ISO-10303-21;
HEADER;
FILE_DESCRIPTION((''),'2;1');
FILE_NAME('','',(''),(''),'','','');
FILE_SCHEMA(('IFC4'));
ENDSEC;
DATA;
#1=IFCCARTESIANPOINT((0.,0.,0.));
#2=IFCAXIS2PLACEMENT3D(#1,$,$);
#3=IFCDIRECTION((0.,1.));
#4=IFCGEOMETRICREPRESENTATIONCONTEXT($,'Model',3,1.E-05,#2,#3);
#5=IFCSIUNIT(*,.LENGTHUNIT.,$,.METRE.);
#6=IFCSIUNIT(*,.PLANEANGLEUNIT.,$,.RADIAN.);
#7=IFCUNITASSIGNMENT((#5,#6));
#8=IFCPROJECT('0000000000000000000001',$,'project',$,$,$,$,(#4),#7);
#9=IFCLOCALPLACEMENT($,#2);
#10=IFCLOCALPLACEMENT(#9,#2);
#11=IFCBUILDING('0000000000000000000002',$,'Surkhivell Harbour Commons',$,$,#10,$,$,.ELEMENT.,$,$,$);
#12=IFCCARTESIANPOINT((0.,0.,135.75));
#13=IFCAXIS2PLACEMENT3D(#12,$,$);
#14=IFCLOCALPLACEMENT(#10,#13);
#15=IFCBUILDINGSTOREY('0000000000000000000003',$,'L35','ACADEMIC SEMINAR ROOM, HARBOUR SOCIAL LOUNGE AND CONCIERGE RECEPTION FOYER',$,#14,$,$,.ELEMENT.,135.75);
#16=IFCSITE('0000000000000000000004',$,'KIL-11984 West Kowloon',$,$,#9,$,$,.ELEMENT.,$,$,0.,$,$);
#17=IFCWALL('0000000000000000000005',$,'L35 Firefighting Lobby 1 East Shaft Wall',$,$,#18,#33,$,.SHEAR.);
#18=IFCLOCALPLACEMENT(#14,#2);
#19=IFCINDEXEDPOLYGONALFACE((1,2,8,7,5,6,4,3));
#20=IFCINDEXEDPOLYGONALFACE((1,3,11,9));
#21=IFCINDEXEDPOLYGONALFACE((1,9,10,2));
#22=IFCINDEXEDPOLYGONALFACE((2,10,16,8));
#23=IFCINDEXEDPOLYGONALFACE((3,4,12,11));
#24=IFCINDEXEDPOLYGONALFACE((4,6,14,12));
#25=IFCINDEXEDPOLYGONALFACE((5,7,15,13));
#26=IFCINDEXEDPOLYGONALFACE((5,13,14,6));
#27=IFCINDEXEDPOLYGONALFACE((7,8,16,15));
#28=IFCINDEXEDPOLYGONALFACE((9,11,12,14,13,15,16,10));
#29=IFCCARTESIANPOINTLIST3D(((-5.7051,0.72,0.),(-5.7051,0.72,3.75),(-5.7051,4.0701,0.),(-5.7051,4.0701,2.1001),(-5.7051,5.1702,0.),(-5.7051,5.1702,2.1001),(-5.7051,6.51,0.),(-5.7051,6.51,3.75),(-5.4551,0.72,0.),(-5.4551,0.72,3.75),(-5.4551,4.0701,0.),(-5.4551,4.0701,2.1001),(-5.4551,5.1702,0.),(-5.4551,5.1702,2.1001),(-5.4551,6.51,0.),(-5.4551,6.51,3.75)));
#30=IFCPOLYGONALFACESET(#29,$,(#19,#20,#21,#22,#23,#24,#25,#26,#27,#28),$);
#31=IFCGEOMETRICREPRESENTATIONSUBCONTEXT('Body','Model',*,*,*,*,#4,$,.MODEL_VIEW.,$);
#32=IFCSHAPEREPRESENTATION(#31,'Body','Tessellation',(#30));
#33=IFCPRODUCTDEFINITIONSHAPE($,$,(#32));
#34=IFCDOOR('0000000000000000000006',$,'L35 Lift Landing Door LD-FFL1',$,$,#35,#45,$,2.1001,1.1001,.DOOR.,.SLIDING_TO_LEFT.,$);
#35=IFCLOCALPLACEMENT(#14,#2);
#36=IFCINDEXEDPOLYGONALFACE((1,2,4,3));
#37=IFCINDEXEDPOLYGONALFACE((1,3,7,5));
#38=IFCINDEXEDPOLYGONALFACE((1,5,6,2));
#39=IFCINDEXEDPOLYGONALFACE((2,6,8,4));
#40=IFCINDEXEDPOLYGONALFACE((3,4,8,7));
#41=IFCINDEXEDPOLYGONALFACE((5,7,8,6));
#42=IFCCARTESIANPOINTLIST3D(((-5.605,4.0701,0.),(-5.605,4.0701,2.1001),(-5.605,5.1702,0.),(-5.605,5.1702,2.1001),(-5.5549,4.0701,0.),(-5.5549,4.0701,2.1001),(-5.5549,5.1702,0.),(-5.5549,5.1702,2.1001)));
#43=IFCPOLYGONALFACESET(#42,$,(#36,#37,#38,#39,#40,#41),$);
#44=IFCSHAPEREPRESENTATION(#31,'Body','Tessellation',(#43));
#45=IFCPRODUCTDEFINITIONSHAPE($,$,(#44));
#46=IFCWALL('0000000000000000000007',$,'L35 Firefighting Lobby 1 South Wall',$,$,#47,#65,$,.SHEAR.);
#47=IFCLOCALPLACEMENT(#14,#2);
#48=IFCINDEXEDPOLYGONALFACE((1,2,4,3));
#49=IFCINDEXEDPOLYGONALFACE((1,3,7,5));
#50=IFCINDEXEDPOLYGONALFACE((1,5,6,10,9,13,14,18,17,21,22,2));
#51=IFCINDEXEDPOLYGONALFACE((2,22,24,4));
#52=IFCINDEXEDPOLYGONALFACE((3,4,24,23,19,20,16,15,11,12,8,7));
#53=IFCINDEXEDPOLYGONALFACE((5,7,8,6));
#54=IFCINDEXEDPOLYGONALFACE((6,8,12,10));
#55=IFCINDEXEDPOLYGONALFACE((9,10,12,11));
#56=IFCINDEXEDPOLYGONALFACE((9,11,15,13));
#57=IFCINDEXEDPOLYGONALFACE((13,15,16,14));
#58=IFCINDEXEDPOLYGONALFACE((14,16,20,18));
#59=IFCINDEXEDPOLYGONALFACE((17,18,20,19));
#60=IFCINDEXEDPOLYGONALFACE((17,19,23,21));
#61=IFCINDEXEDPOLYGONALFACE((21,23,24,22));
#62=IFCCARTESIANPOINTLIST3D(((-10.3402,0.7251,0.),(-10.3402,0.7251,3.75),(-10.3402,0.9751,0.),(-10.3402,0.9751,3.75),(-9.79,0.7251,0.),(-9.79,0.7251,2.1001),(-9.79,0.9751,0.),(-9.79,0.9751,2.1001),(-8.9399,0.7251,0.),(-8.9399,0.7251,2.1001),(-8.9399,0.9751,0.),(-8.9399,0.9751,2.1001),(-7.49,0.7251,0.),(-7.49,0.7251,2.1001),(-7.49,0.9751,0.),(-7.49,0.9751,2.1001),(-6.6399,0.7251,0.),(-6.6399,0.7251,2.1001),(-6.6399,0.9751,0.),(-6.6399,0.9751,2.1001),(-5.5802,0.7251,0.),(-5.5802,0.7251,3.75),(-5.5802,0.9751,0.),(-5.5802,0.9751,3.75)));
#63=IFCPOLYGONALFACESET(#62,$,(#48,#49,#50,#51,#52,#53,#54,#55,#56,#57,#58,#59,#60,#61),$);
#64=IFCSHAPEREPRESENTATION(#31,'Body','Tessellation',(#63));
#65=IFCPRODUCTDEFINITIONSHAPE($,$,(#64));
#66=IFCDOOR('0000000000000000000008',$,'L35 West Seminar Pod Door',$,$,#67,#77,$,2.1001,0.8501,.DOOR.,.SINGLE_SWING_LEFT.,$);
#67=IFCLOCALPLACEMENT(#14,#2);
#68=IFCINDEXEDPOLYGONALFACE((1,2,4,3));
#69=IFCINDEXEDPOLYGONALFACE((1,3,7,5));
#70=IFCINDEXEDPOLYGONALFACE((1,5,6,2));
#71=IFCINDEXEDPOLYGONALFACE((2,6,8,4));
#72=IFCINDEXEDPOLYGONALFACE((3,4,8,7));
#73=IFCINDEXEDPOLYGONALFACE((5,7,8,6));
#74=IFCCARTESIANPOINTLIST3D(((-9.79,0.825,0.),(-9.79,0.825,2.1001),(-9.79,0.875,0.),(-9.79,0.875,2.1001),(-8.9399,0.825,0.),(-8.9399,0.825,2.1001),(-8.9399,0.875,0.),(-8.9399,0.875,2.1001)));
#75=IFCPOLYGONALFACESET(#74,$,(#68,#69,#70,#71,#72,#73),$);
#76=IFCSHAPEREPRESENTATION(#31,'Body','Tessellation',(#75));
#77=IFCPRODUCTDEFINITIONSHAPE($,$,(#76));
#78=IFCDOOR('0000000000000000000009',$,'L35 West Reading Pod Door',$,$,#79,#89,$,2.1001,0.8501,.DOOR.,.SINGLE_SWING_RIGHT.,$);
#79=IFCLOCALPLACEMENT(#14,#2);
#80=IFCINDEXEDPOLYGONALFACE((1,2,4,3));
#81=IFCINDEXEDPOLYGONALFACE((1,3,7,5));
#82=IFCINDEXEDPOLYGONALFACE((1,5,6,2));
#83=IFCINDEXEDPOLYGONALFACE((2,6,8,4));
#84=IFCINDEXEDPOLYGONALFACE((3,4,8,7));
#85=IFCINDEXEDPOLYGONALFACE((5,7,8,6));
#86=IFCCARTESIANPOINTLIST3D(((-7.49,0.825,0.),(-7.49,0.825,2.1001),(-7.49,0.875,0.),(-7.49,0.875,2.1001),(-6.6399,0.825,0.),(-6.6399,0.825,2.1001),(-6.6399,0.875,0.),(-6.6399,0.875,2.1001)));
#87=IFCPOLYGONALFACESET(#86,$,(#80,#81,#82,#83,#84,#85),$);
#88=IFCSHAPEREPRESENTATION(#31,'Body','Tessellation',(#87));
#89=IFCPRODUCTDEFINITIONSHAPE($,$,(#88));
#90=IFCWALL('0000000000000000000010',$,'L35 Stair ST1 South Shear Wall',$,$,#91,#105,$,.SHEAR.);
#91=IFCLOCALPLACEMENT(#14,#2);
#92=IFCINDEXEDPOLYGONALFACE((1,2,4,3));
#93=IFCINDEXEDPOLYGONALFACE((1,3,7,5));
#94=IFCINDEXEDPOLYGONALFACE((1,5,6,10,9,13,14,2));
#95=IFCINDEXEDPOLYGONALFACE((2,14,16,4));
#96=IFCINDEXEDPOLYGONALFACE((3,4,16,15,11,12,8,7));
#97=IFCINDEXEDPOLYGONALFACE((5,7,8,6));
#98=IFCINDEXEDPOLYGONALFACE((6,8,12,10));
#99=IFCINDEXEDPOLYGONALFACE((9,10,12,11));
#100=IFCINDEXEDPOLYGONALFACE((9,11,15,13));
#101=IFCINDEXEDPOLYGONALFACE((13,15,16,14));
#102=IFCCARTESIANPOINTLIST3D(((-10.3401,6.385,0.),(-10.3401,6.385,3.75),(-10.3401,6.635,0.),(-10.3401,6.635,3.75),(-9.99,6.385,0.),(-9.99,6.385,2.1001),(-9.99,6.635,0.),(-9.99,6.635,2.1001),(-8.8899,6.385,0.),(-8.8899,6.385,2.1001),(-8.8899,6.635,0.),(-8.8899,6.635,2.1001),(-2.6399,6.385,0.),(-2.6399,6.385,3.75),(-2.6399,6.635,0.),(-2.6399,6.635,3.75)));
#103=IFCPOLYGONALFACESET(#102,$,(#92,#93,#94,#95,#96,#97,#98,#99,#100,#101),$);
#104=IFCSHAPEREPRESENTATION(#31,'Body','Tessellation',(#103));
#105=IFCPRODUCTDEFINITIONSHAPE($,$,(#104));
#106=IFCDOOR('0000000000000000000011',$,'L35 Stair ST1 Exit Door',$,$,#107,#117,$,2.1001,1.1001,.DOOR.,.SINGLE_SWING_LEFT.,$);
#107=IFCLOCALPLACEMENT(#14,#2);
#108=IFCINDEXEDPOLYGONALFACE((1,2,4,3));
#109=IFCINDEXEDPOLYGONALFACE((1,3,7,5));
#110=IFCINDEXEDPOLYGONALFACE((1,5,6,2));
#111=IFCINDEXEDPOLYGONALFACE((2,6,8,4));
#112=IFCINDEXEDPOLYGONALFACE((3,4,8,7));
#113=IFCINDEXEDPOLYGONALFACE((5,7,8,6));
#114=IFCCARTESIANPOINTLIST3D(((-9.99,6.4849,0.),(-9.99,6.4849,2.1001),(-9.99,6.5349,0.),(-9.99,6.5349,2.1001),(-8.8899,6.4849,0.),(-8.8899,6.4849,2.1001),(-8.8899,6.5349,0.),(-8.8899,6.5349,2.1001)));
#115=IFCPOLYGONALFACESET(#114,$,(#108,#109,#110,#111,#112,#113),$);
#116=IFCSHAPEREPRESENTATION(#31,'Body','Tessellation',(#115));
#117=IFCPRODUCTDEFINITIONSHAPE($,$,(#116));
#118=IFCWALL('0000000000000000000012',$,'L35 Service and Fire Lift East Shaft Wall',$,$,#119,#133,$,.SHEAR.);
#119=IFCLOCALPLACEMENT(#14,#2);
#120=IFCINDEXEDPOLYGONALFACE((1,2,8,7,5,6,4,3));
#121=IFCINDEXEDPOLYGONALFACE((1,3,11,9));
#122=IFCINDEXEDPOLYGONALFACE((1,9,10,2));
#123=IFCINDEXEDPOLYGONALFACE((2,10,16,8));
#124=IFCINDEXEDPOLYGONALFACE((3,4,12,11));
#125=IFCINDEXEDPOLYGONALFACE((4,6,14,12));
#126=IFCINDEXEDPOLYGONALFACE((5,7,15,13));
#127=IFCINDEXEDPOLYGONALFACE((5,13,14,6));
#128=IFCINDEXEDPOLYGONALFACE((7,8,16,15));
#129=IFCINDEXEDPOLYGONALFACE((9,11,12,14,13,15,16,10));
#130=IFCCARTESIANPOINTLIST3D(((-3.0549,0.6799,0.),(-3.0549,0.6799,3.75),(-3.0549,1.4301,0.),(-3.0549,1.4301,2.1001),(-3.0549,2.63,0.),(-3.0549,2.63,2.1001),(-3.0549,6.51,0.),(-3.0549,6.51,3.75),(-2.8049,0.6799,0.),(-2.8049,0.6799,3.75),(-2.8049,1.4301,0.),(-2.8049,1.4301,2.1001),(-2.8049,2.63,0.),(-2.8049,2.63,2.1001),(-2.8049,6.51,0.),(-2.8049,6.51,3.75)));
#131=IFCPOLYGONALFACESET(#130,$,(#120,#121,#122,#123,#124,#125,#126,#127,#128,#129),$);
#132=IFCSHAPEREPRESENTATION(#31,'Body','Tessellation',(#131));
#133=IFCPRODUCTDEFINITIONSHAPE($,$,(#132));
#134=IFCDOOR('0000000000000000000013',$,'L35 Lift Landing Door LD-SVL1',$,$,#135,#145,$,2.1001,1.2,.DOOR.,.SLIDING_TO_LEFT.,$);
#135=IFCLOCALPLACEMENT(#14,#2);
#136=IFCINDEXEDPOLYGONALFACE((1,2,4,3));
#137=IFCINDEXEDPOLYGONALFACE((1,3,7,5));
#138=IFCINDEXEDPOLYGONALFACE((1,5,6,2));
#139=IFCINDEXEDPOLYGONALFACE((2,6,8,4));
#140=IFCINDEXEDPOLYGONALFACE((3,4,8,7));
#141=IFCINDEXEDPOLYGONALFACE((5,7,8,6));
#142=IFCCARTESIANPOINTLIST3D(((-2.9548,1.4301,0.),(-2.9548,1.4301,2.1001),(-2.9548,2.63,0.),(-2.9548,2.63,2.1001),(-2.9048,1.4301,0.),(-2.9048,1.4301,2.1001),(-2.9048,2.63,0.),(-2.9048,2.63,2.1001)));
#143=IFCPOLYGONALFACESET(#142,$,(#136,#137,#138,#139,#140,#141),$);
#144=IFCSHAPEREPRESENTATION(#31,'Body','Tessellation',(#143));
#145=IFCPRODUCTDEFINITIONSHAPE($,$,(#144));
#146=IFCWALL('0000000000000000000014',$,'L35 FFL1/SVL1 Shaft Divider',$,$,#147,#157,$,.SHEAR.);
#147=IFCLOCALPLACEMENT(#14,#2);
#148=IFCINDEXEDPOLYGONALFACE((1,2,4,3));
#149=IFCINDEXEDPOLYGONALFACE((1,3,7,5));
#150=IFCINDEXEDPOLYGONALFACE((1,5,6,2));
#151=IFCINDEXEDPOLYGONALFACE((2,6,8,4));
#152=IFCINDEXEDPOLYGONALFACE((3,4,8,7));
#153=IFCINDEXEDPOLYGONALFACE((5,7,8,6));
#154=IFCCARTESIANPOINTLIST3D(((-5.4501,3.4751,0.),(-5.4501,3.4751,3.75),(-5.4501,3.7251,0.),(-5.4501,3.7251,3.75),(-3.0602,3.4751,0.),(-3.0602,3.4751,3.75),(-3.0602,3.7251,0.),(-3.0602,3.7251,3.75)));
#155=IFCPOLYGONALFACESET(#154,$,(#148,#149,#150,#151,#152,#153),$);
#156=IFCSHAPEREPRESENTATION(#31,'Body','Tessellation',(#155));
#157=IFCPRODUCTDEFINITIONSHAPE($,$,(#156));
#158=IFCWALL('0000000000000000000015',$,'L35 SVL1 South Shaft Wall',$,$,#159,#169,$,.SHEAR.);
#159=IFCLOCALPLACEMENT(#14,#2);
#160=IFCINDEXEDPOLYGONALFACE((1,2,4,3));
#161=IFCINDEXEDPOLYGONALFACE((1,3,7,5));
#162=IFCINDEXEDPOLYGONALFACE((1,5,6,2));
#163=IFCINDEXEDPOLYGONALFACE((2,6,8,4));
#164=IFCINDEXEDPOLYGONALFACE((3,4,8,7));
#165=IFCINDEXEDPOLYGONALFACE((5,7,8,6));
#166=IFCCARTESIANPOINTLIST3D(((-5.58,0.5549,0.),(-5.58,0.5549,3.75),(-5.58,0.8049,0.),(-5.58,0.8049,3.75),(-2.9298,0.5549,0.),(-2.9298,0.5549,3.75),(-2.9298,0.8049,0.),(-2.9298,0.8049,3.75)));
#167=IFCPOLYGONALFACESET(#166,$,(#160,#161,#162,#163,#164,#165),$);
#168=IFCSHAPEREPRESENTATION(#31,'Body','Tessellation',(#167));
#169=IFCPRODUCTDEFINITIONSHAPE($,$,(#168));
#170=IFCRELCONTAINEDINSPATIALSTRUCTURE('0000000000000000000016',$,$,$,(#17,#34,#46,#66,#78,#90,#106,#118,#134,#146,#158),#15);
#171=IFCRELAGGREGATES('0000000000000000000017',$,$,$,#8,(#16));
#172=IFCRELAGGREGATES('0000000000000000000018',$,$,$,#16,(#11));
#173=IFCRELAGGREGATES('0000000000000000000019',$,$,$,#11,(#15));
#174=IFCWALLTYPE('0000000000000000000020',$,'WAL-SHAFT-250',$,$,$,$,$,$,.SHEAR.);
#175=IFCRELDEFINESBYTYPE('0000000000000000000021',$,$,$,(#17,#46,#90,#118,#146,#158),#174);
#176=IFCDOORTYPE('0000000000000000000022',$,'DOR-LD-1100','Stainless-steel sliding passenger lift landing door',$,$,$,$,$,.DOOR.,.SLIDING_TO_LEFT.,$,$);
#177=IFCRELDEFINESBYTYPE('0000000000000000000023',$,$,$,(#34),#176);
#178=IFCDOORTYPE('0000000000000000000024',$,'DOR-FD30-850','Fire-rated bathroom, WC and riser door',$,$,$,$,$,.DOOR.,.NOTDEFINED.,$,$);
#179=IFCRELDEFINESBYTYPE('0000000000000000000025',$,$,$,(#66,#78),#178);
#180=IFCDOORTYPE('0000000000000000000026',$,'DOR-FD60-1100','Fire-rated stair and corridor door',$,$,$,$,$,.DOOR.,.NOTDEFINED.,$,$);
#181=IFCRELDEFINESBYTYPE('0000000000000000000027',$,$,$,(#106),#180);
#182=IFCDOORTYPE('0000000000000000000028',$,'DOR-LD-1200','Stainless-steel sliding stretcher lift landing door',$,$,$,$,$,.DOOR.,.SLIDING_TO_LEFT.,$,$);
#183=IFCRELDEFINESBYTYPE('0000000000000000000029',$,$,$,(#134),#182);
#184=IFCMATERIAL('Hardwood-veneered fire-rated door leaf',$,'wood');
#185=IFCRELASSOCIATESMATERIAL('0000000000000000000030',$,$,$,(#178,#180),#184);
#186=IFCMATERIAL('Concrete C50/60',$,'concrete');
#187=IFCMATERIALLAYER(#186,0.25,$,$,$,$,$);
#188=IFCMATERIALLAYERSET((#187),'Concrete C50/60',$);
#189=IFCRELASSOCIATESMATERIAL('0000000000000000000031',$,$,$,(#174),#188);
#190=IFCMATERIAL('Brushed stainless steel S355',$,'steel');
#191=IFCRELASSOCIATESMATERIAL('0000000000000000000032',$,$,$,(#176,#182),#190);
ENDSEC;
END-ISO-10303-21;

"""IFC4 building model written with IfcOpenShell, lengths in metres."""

from ifc_helpers import new_model, si_unit, direction, frame, frame_2d, origin, place, context, subcontext, project, spatial, rectangle, extrude, material, layer, layer_set, type_object, element, fill, save


model = new_model("IFC4")

# Units and contexts
model_context = context("Model", 3, precision=1e-05, world=origin(), true_north=direction((0.0, 1.0)))
body_context = subcontext(model_context, "Body", "Model", "MODEL_VIEW")
ifc_project = project(units=[si_unit("LENGTHUNIT", "METRE"), si_unit("PLANEANGLEUNIT", "RADIAN")], contexts=[model_context])

# Site, building, storey
site_placement = place(None, origin())
site = spatial("IfcSite", under=ifc_project, at=site_placement, Name="KIL-11984 West Kowloon", CompositionType="ELEMENT", RefElevation=0.0)
building_placement = place(site_placement, origin())
building = spatial("IfcBuilding", under=site, at=building_placement, Name="Surkhivell Harbour Commons", CompositionType="ELEMENT")
storey_placement = place(building_placement, frame((0.0, 0.0, 135.75)))
storey = spatial("IfcBuildingStorey", under=building, at=storey_placement, Name="L35", Description="ACADEMIC SEMINAR ROOM, HARBOUR SOCIAL LOUNGE AND CONCIERGE RECEPTION FOYER", CompositionType="ELEMENT", Elevation=135.75)

# Shared definitions
ifc_material_1 = material(Name="Hardwood-veneered fire-rated door leaf", Category="wood")

# Shared definitions
door_type_1 = type_object("IfcDoorType", Name="DOR-FD30-850", Description="Fire-rated bathroom, WC and riser door", OperationType="NOTDEFINED", PredefinedType="DOOR", material=ifc_material_1)

# Wall, opening, door
ifc_material_2 = material(Name="Concrete C50/60", Category="concrete")
ifc_layer_1 = layer(ifc_material_2, 0.25)
ifc_layer_set_1 = layer_set([ifc_layer_1], Name="Concrete C50/60")
wall_type_1 = type_object("IfcWallType", Name="WAL-SHAFT-250", PredefinedType="SHEAR", material=ifc_layer_set_1)
wall_1_placement = place(storey_placement, frame((-5.5801, 0.72, 0.0), z_axis=(0.0, 0.0, 1.0), x_axis=(0.0, 1.0, 0.0)))
wall_1 = element("IfcWall", 1, at=wall_1_placement, inside=storey, type_object=wall_type_1, Name="L35 Firefighting Lobby 1 East Shaft Wall", PredefinedType="SHEAR", context=body_context, shape_type="SweptSolid", body=[
    extrude(rectangle(XDim=5.79, YDim=0.25, at=frame_2d((2.895, 0.0))), origin(), (0.0, 0.0, 1.0), 3.75),
])
opening_1_placement = place(wall_1_placement, frame((3.3501, 0.0, 0.0)))
opening_1 = element("IfcOpeningElement", 2, at=opening_1_placement, cuts=wall_1, PredefinedType="OPENING", context=body_context, shape_type="SweptSolid", body=[
    extrude(rectangle(XDim=1.1001, YDim=2.1001, at=frame_2d((0.55, 1.05))), frame((0.0, 0.135, 0.0), z_axis=(0.0, -1.0, 0.0), x_axis=(1.0, 0.0, 0.0)), (0.0, 0.0, 1.0), 0.27),
])
ifc_material_3 = material(Name="Brushed stainless steel S355", Category="steel")
door_type_2 = type_object("IfcDoorType", Name="DOR-LD-1100", Description="Stainless-steel sliding passenger lift landing door", OperationType="SLIDING_TO_LEFT", PredefinedType="DOOR", material=ifc_material_3)
door_1_placement = place(opening_1_placement, origin())
door_1 = element("IfcDoor", 3, at=door_1_placement, inside=storey, type_object=door_type_2, Name="L35 Lift Landing Door LD-FFL1", OperationType="SLIDING_TO_LEFT", OverallHeight=2.1001, OverallWidth=1.1001, PredefinedType="DOOR", context=body_context, shape_type="SweptSolid", body=[
    extrude(rectangle(XDim=1.1001, YDim=2.1001, at=frame_2d((0.55, 1.05))), frame((0.0, 0.0249, 0.0), z_axis=(0.0, -1.0, 0.0), x_axis=(1.0, 0.0, 0.0)), (0.0, 0.0, 1.0), 0.05),
])
fill(opening_1, door_1)

# Wall, openings, doors
wall_2_placement = place(storey_placement, frame((-10.3401, 0.8501, 0.0), z_axis=(0.0, 0.0, 1.0), x_axis=(1.0, 0.0, 0.0)))
wall_2 = element("IfcWall", 4, at=wall_2_placement, inside=storey, type_object=wall_type_1, Name="L35 Firefighting Lobby 1 South Wall", PredefinedType="SHEAR", context=body_context, shape_type="SweptSolid", body=[
    extrude(rectangle(XDim=4.76, YDim=0.25, at=frame_2d((2.3799, 0.0))), origin(), (0.0, 0.0, 1.0), 3.75),
])
opening_2_placement = place(wall_2_placement, frame((0.55, 0.0, 0.0)))
opening_2 = element("IfcOpeningElement", 5, at=opening_2_placement, cuts=wall_2, PredefinedType="OPENING", context=body_context, shape_type="SweptSolid", body=[
    extrude(rectangle(XDim=0.8501, YDim=2.1001, at=frame_2d((0.425, 1.05))), frame((0.0, 0.135, 0.0), z_axis=(0.0, -1.0, 0.0), x_axis=(1.0, 0.0, 0.0)), (0.0, 0.0, 1.0), 0.27),
])
opening_3_placement = place(wall_2_placement, frame((2.8501, 0.0, 0.0)))
opening_3 = element("IfcOpeningElement", 6, at=opening_3_placement, cuts=wall_2, PredefinedType="OPENING", context=body_context, shape_type="SweptSolid", body=[
    extrude(rectangle(XDim=0.8501, YDim=2.1001, at=frame_2d((0.425, 1.05))), frame((0.0, 0.135, 0.0), z_axis=(0.0, -1.0, 0.0), x_axis=(1.0, 0.0, 0.0)), (0.0, 0.0, 1.0), 0.27),
])
door_2_placement = place(opening_2_placement, origin())
door_2 = element("IfcDoor", 7, at=door_2_placement, inside=storey, type_object=door_type_1, Name="L35 West Seminar Pod Door", OperationType="SINGLE_SWING_LEFT", OverallHeight=2.1001, OverallWidth=0.8501, PredefinedType="DOOR", context=body_context, shape_type="SweptSolid", body=[
    extrude(rectangle(XDim=0.8501, YDim=2.1001, at=frame_2d((0.425, 1.05))), frame((0.0, 0.0249, 0.0), z_axis=(0.0, -1.0, 0.0), x_axis=(1.0, 0.0, 0.0)), (0.0, 0.0, 1.0), 0.05),
])
fill(opening_2, door_2)
door_3_placement = place(opening_3_placement, origin())
door_3 = element("IfcDoor", 8, at=door_3_placement, inside=storey, type_object=door_type_1, Name="L35 West Reading Pod Door", OperationType="SINGLE_SWING_RIGHT", OverallHeight=2.1001, OverallWidth=0.8501, PredefinedType="DOOR", context=body_context, shape_type="SweptSolid", body=[
    extrude(rectangle(XDim=0.8501, YDim=2.1001, at=frame_2d((0.425, 1.05))), frame((0.0, 0.0249, 0.0), z_axis=(0.0, -1.0, 0.0), x_axis=(1.0, 0.0, 0.0)), (0.0, 0.0, 1.0), 0.05),
])
fill(opening_3, door_3)

# Walls, openings, doors
wall_3_placement = place(storey_placement, frame((-10.3401, 6.51, 0.0), z_axis=(0.0, 0.0, 1.0), x_axis=(1.0, 0.0, 0.0)))
wall_3 = element("IfcWall", 9, at=wall_3_placement, inside=storey, type_object=wall_type_1, Name="L35 Stair ST1 South Shear Wall", PredefinedType="SHEAR", context=body_context, shape_type="SweptSolid", body=[
    extrude(rectangle(XDim=7.7002, YDim=0.25, at=frame_2d((3.8501, 0.0))), origin(), (0.0, 0.0, 1.0), 3.75),
])
opening_4_placement = place(wall_3_placement, frame((0.3501, 0.0, 0.0)))
opening_4 = element("IfcOpeningElement", 10, at=opening_4_placement, cuts=wall_3, PredefinedType="OPENING", context=body_context, shape_type="SweptSolid", body=[
    extrude(rectangle(XDim=1.1001, YDim=2.1001, at=frame_2d((0.55, 1.05))), frame((0.0, 0.135, 0.0), z_axis=(0.0, -1.0, 0.0), x_axis=(1.0, 0.0, 0.0)), (0.0, 0.0, 1.0), 0.27),
])
door_type_3 = type_object("IfcDoorType", Name="DOR-FD60-1100", Description="Fire-rated stair and corridor door", OperationType="NOTDEFINED", PredefinedType="DOOR", material=ifc_material_1)
door_4_placement = place(opening_4_placement, origin())
door_4 = element("IfcDoor", 11, at=door_4_placement, inside=storey, type_object=door_type_3, Name="L35 Stair ST1 Exit Door", OperationType="SINGLE_SWING_LEFT", OverallHeight=2.1001, OverallWidth=1.1001, PredefinedType="DOOR", context=body_context, shape_type="SweptSolid", body=[
    extrude(rectangle(XDim=1.1001, YDim=2.1001, at=frame_2d((0.55, 1.05))), frame((0.0, 0.0249, 0.0), z_axis=(0.0, -1.0, 0.0), x_axis=(1.0, 0.0, 0.0)), (0.0, 0.0, 1.0), 0.05),
])
fill(opening_4, door_4)
wall_4_placement = place(storey_placement, frame((-2.9299, 0.6799, 0.0), z_axis=(0.0, 0.0, 1.0), x_axis=(0.0, 1.0, 0.0)))
wall_4 = element("IfcWall", 12, at=wall_4_placement, inside=storey, type_object=wall_type_1, Name="L35 Service and Fire Lift East Shaft Wall", PredefinedType="SHEAR", context=body_context, shape_type="SweptSolid", body=[
    extrude(rectangle(XDim=5.8301, YDim=0.25, at=frame_2d((2.915, 0.0))), origin(), (0.0, 0.0, 1.0), 3.75),
])
opening_5_placement = place(wall_4_placement, frame((0.75, 0.0, 0.0)))
opening_5 = element("IfcOpeningElement", 13, at=opening_5_placement, cuts=wall_4, PredefinedType="OPENING", context=body_context, shape_type="SweptSolid", body=[
    extrude(rectangle(XDim=1.2, YDim=2.1001, at=frame_2d((0.6001, 1.05))), frame((0.0, 0.135, 0.0), z_axis=(0.0, -1.0, 0.0), x_axis=(1.0, 0.0, 0.0)), (0.0, 0.0, 1.0), 0.27),
])
door_type_4 = type_object("IfcDoorType", Name="DOR-LD-1200", Description="Stainless-steel sliding stretcher lift landing door", OperationType="SLIDING_TO_LEFT", PredefinedType="DOOR", material=ifc_material_3)
door_5_placement = place(opening_5_placement, origin())
door_5 = element("IfcDoor", 14, at=door_5_placement, inside=storey, type_object=door_type_4, Name="L35 Lift Landing Door LD-SVL1", OperationType="SLIDING_TO_LEFT", OverallHeight=2.1001, OverallWidth=1.2, PredefinedType="DOOR", context=body_context, shape_type="SweptSolid", body=[
    extrude(rectangle(XDim=1.2, YDim=2.1001, at=frame_2d((0.6001, 1.05))), frame((0.0, 0.0249, 0.0), z_axis=(0.0, -1.0, 0.0), x_axis=(1.0, 0.0, 0.0)), (0.0, 0.0, 1.0), 0.05),
])
fill(opening_5, door_5)

# Walls
wall_5_placement = place(storey_placement, frame((-5.45, 3.6001, 0.0), z_axis=(0.0, 0.0, 1.0), x_axis=(1.0, 0.0, 0.0)))
element("IfcWall", 15, at=wall_5_placement, inside=storey, type_object=wall_type_1, Name="L35 FFL1/SVL1 Shaft Divider", PredefinedType="SHEAR", context=body_context, shape_type="SweptSolid", body=[
    extrude(rectangle(XDim=2.3899, YDim=0.25, at=frame_2d((1.1948, 0.0))), origin(), (0.0, 0.0, 1.0), 3.75),
])
wall_6_placement = place(storey_placement, frame((-5.5801, 0.6799, 0.0), z_axis=(0.0, 0.0, 1.0), x_axis=(1.0, 0.0, 0.0)))
element("IfcWall", 16, at=wall_6_placement, inside=storey, type_object=wall_type_1, Name="L35 SVL1 South Shaft Wall", PredefinedType="SHEAR", context=body_context, shape_type="SweptSolid", body=[
    extrude(rectangle(XDim=2.6501, YDim=0.25, at=frame_2d((1.3252, 0.0))), origin(), (0.0, 0.0, 1.0), 3.75),
])

save(model, "model.ifc")
